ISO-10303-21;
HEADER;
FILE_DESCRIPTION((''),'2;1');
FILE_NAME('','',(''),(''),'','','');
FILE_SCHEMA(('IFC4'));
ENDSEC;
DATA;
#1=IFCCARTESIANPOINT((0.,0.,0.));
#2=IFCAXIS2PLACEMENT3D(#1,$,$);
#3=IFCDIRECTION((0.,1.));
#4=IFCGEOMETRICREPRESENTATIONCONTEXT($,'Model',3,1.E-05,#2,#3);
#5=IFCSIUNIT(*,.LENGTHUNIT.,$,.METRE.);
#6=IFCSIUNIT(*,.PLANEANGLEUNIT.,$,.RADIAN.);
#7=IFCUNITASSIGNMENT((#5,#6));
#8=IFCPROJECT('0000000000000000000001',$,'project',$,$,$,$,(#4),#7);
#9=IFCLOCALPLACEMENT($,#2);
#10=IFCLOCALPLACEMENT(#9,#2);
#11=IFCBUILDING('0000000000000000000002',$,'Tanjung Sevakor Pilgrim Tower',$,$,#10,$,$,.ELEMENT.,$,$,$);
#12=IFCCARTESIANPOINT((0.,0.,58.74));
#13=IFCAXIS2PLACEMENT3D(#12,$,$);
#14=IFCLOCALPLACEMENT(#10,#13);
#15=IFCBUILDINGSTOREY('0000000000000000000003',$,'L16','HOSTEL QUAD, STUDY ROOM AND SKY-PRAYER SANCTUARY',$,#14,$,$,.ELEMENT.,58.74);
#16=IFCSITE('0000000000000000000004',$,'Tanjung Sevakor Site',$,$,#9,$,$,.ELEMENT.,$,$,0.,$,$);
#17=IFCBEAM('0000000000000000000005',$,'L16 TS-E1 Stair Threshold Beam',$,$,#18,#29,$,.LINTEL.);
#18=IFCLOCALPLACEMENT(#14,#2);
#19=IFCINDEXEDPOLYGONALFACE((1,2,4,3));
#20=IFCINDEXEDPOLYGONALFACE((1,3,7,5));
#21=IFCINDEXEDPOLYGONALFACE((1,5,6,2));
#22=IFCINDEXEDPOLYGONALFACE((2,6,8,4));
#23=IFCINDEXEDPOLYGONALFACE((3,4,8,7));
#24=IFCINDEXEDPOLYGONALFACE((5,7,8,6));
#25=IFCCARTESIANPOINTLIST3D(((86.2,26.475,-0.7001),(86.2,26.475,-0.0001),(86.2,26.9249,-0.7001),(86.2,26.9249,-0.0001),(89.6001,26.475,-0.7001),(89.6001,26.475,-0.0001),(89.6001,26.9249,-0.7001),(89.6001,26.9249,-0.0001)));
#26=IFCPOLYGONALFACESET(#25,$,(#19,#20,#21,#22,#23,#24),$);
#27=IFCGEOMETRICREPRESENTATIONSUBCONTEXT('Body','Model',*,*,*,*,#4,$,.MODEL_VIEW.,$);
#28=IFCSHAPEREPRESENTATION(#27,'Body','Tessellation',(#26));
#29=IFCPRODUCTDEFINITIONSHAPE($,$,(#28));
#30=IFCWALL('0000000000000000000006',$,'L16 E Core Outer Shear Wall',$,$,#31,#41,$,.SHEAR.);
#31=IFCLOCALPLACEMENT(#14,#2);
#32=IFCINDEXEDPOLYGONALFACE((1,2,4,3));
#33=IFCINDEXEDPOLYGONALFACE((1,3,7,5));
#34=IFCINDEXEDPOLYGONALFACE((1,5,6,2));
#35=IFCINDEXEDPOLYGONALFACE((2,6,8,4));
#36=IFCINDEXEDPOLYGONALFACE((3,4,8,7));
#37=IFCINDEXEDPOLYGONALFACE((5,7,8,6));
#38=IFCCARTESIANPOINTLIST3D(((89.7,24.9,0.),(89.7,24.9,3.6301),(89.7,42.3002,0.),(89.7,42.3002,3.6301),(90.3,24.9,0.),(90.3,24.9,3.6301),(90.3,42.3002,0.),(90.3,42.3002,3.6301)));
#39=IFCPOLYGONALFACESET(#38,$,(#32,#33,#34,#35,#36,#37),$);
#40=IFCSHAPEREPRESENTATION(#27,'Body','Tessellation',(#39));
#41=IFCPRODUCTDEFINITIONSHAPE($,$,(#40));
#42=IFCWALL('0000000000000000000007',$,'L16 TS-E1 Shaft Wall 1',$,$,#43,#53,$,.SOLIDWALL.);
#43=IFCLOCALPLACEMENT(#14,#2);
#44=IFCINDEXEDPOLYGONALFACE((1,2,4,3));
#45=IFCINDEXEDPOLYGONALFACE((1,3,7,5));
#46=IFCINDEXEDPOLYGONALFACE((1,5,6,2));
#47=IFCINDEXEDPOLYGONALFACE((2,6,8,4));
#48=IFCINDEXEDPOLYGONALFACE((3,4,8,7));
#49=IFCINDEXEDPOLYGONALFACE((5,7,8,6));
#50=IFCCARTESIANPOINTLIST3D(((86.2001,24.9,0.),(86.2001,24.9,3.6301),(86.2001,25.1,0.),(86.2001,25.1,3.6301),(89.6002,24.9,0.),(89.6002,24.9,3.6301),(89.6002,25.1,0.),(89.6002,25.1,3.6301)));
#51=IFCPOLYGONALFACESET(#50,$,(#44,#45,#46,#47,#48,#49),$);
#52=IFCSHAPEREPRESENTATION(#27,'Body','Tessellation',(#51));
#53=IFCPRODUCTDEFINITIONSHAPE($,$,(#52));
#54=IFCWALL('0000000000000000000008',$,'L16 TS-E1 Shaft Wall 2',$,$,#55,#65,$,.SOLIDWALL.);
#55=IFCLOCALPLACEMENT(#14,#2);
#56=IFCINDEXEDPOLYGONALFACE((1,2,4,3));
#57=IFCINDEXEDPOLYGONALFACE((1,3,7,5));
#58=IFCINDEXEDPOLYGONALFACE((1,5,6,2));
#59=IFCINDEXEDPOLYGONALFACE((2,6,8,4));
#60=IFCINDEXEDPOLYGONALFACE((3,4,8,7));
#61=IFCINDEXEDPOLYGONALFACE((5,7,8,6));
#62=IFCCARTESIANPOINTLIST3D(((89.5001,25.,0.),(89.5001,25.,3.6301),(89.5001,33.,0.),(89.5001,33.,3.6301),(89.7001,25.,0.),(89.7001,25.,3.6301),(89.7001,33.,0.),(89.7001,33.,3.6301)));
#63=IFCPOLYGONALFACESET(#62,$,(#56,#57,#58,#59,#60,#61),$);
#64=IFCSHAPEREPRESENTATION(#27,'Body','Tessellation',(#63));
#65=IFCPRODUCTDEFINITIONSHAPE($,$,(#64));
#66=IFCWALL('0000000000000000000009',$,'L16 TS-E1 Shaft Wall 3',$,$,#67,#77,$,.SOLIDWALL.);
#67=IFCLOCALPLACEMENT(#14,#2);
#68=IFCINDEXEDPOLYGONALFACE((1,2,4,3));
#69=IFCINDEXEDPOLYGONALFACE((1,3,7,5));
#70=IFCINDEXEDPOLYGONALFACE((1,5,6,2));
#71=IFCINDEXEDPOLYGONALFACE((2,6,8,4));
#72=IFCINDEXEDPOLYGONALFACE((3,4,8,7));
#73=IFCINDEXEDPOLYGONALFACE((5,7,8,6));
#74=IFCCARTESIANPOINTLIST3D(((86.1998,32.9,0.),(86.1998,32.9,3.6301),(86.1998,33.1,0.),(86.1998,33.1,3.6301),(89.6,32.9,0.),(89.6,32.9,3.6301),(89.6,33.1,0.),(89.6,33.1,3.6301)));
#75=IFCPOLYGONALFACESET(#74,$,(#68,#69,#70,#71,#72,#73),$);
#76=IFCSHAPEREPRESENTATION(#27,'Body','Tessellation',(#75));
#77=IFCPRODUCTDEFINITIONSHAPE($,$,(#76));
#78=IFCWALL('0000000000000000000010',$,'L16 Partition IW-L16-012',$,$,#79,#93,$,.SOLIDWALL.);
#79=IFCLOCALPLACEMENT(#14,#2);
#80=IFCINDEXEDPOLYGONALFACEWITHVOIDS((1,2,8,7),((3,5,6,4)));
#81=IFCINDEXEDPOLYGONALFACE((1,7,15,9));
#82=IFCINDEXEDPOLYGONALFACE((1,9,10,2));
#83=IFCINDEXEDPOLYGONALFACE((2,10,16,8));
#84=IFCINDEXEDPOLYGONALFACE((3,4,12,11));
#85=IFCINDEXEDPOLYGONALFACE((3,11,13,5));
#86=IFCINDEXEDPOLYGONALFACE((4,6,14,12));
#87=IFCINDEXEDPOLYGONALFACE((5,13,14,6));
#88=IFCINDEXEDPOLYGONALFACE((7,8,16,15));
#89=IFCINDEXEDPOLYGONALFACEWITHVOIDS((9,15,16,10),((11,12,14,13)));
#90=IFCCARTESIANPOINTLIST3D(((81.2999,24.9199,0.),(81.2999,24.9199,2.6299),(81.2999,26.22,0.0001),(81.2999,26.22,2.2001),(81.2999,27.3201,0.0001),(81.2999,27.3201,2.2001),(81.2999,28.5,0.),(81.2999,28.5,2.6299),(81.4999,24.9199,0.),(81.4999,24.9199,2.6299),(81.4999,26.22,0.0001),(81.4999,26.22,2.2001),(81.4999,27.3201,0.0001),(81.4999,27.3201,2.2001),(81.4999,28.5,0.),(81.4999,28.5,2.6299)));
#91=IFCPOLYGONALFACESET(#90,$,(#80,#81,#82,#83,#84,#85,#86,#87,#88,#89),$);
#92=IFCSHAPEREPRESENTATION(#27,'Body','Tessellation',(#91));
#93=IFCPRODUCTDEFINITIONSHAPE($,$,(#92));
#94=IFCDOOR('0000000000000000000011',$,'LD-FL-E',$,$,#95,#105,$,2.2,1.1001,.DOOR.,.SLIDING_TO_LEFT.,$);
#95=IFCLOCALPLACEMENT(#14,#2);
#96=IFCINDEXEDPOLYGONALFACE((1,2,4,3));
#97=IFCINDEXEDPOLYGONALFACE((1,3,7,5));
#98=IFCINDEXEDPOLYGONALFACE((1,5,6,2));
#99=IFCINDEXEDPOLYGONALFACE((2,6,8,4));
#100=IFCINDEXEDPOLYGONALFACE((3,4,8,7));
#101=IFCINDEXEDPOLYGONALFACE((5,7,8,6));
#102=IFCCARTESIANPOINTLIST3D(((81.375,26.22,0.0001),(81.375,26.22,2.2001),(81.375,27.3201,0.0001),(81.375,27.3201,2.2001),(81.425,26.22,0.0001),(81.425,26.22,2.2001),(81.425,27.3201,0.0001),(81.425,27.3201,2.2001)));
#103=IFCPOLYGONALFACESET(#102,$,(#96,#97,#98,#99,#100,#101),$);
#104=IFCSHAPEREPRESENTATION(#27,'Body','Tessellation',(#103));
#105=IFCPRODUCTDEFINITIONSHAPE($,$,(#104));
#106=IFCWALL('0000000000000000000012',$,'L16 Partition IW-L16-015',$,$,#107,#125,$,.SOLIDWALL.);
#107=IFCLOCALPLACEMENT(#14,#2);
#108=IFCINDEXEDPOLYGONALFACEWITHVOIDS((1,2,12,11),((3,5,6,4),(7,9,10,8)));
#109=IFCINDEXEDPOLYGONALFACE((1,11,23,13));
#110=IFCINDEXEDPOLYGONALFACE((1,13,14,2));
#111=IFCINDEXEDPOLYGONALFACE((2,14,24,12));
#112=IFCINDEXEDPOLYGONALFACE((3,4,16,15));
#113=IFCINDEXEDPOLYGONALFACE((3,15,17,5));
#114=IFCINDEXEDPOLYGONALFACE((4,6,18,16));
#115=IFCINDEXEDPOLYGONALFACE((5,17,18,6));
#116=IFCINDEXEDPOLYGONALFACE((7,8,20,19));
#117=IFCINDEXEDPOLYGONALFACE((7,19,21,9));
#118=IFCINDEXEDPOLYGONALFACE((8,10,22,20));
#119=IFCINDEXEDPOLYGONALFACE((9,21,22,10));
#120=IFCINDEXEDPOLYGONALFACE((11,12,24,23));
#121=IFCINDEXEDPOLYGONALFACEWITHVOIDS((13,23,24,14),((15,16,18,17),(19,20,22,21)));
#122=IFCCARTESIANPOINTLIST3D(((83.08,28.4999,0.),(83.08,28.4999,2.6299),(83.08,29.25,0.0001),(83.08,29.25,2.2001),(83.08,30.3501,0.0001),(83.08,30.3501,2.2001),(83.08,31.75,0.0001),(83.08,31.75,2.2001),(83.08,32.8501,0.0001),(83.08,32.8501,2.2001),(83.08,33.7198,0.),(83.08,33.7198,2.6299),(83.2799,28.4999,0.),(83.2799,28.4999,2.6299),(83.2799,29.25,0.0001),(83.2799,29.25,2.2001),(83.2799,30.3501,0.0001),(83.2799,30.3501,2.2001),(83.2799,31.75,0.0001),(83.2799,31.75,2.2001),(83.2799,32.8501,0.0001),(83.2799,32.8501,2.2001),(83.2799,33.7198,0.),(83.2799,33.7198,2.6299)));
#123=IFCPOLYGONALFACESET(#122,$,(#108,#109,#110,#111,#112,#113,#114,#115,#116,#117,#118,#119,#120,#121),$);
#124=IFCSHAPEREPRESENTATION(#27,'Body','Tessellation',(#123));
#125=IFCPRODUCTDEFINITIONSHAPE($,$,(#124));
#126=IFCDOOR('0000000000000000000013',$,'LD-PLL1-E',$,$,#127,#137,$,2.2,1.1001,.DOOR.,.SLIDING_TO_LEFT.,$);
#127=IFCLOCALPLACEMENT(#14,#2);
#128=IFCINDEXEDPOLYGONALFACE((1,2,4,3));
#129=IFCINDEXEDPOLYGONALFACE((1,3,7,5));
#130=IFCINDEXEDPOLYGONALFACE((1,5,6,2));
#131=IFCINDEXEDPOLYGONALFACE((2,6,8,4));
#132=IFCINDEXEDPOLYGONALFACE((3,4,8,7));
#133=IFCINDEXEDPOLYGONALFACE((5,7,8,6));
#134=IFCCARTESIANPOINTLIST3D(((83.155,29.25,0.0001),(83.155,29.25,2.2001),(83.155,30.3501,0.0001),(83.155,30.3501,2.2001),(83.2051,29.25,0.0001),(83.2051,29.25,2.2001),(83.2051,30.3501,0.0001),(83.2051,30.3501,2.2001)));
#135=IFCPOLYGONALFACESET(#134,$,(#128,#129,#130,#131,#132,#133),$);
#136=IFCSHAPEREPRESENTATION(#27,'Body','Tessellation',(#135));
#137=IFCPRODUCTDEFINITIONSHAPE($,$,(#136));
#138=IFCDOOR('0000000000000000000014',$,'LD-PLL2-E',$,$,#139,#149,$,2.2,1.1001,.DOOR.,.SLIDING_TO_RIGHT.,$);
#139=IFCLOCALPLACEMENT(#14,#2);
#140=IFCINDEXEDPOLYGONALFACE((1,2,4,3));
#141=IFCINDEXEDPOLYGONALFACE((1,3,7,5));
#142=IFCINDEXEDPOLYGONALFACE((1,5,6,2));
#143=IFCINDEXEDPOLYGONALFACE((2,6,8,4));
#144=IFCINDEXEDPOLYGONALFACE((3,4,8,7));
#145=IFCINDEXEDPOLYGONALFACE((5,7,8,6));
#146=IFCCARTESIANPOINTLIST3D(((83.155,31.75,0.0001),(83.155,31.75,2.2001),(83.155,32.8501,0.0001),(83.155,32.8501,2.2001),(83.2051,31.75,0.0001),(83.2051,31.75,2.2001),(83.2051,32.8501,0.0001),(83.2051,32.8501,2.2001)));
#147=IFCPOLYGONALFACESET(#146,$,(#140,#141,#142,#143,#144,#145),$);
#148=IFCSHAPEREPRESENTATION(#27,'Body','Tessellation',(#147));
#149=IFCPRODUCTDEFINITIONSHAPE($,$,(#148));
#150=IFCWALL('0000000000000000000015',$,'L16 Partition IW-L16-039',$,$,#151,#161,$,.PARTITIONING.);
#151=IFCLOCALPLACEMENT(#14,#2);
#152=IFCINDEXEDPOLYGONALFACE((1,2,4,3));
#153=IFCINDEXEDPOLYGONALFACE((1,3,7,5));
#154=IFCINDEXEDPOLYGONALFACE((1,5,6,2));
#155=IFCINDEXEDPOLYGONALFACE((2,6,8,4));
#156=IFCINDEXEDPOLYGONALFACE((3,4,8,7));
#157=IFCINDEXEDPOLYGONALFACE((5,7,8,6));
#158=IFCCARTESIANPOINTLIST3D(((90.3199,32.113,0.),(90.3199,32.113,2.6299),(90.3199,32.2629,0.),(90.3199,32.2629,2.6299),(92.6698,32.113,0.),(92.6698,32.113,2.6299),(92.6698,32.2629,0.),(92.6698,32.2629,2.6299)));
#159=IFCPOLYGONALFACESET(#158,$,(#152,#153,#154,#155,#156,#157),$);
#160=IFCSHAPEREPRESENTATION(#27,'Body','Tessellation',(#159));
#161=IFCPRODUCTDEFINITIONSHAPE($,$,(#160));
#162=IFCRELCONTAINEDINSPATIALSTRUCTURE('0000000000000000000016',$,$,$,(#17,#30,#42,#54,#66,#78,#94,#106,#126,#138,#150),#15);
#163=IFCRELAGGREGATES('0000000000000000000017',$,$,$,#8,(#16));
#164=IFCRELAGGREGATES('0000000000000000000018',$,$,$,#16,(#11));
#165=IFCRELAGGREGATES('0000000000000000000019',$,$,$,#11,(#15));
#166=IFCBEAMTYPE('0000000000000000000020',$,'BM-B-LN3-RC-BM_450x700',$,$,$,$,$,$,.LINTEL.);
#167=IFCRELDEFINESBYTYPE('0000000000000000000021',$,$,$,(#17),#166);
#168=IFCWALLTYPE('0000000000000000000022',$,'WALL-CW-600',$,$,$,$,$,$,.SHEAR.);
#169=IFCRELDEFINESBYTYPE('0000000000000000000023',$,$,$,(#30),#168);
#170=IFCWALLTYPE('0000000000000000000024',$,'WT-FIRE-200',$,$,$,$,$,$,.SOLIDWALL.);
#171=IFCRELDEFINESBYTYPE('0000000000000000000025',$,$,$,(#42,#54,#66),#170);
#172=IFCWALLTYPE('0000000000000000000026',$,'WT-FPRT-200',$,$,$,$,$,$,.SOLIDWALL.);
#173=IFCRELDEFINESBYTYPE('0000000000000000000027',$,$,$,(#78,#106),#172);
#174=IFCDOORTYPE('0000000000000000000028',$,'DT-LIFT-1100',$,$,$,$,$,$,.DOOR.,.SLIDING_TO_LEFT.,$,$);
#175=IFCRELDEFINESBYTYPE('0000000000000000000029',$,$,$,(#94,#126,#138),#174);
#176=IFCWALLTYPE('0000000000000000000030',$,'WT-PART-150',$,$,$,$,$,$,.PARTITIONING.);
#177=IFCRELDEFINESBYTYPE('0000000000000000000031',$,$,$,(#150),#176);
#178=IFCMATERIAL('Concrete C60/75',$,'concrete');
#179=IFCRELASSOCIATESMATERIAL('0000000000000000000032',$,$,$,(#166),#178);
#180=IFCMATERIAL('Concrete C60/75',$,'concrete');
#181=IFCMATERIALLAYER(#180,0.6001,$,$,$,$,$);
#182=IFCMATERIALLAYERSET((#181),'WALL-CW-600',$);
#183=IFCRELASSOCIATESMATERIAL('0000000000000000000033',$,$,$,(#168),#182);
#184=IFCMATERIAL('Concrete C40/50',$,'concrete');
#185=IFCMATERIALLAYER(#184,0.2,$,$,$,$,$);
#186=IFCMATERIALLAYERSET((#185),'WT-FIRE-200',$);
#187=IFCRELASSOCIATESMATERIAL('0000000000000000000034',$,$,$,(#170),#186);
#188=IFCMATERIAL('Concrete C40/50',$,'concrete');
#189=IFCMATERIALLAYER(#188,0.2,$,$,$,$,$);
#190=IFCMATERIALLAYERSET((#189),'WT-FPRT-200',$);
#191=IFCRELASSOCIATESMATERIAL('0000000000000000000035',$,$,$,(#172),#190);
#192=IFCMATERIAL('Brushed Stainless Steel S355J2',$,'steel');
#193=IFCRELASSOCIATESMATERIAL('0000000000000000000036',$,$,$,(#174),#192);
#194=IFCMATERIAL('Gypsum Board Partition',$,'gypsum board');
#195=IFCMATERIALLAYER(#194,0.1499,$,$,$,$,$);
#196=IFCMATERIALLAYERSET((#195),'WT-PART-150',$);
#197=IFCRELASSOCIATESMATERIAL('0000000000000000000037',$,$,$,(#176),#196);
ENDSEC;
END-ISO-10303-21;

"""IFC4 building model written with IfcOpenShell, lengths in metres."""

from ifc_helpers import new_model, si_unit, direction, frame, frame_2d, origin, origin_2d, place, context, subcontext, project, spatial, rectangle, extrude, material, layer, layer_set, material_profile, profile_set, type_object, element, fill, save


model = new_model("IFC4")

# Units and contexts
model_context = context("Model", 3, precision=1e-05, world=origin(), true_north=direction((0.0, 1.0)))
body_context = subcontext(model_context, "Body", "Model", "MODEL_VIEW")
ifc_project = project(units=[si_unit("LENGTHUNIT", "METRE"), si_unit("PLANEANGLEUNIT", "RADIAN")], contexts=[model_context])

# Site, building, storey
site_placement = place(None, origin())
site = spatial("IfcSite", under=ifc_project, at=site_placement, Name="Tanjung Sevakor Site", CompositionType="ELEMENT", RefElevation=0.0)
building_placement = place(site_placement, origin())
building = spatial("IfcBuilding", under=site, at=building_placement, Name="Tanjung Sevakor Pilgrim Tower", CompositionType="ELEMENT")
storey_placement = place(building_placement, frame((0.0, 0.0, 58.74)))
storey = spatial("IfcBuildingStorey", under=building, at=storey_placement, Name="L16", Description="HOSTEL QUAD, STUDY ROOM AND SKY-PRAYER SANCTUARY", CompositionType="ELEMENT", Elevation=58.74)

# Beam
ifc_material_1 = material(Name="Concrete C60/75", Category="concrete")
ifc_material_profile = material_profile(ifc_material_1, rectangle(XDim=0.45, YDim=0.7, at=origin_2d()))
ifc_profile_set = profile_set([ifc_material_profile], Name="Concrete C60/75")
beam_type = type_object("IfcBeamType", Name="BM-B-LN3-RC-BM_450x700", PredefinedType="LINTEL", material=ifc_profile_set)
beam_placement = place(storey_placement, frame((86.2, 26.7, -0.3501), z_axis=(1.0, 0.0, 0.0), x_axis=(0.0, 1.0, 0.0)))
element("IfcBeam", 1, at=beam_placement, inside=storey, type_object=beam_type, Name="L16 TS-E1 Stair Threshold Beam", PredefinedType="LINTEL", context=body_context, shape_type="SweptSolid", body=[
    extrude(rectangle(XDim=0.45, YDim=0.7, at=origin_2d()), origin(), (0.0, 0.0, 1.0), 3.4001),
])

# Wall
ifc_material_2 = material(Name="Concrete C60/75", Category="concrete")
ifc_layer_1 = layer(ifc_material_2, 0.6001)
ifc_layer_set_1 = layer_set([ifc_layer_1], Name="WALL-CW-600")
wall_type_1 = type_object("IfcWallType", Name="WALL-CW-600", PredefinedType="SHEAR", material=ifc_layer_set_1)
wall_1_placement = place(storey_placement, frame((90.0, 24.8999, 0.0), z_axis=(0.0, 0.0, 1.0), x_axis=(0.0, 1.0, 0.0)))
element("IfcWall", 2, at=wall_1_placement, inside=storey, type_object=wall_type_1, Name="L16 E Core Outer Shear Wall", PredefinedType="SHEAR", context=body_context, shape_type="SweptSolid", body=[
    extrude(rectangle(XDim=17.4001, YDim=0.6001, at=frame_2d((8.7002, 0.0))), origin(), (0.0, 0.0, 1.0), 3.6301),
])

# Walls
ifc_material_3 = material(Name="Concrete C40/50", Category="concrete")
ifc_layer_2 = layer(ifc_material_3, 0.2)
ifc_layer_set_2 = layer_set([ifc_layer_2], Name="WT-FIRE-200")
wall_type_2 = type_object("IfcWallType", Name="WT-FIRE-200", PredefinedType="SOLIDWALL", material=ifc_layer_set_2)
wall_2_placement = place(storey_placement, frame((86.2, 25.0, 0.0), z_axis=(0.0, 0.0, 1.0), x_axis=(1.0, 0.0, 0.0)))
element("IfcWall", 3, at=wall_2_placement, inside=storey, type_object=wall_type_2, Name="L16 TS-E1 Shaft Wall 1", PredefinedType="SOLIDWALL", context=body_context, shape_type="SweptSolid", body=[
    extrude(rectangle(XDim=3.4001, YDim=0.2, at=frame_2d((1.7002, 0.0))), origin(), (0.0, 0.0, 1.0), 3.6301),
])
wall_3_placement = place(storey_placement, frame((89.6001, 25.0, 0.0), z_axis=(0.0, 0.0, 1.0), x_axis=(0.0, 1.0, 0.0)))
element("IfcWall", 4, at=wall_3_placement, inside=storey, type_object=wall_type_2, Name="L16 TS-E1 Shaft Wall 2", PredefinedType="SOLIDWALL", context=body_context, shape_type="SweptSolid", body=[
    extrude(rectangle(XDim=8.0, YDim=0.2, at=frame_2d((4.0, 0.0))), origin(), (0.0, 0.0, 1.0), 3.6301),
])
wall_4_placement = place(storey_placement, frame((89.6001, 33.0, 0.0), z_axis=(0.0, 0.0, 1.0), x_axis=(-1.0, 0.0, 0.0)))
element("IfcWall", 5, at=wall_4_placement, inside=storey, type_object=wall_type_2, Name="L16 TS-E1 Shaft Wall 3", PredefinedType="SOLIDWALL", context=body_context, shape_type="SweptSolid", body=[
    extrude(rectangle(XDim=3.4001, YDim=0.2, at=frame_2d((1.7002, 0.0))), origin(), (0.0, 0.0, 1.0), 3.6301),
])

# Wall, opening, door
ifc_material_4 = material(Name="Concrete C40/50", Category="concrete")
ifc_layer_3 = layer(ifc_material_4, 0.2)
ifc_layer_set_3 = layer_set([ifc_layer_3], Name="WT-FPRT-200")
wall_type_3 = type_object("IfcWallType", Name="WT-FPRT-200", PredefinedType="SOLIDWALL", material=ifc_layer_set_3)
wall_5_placement = place(storey_placement, frame((81.3999, 24.9199, 0.0), z_axis=(0.0, 0.0, 1.0), x_axis=(0.0, 1.0, 0.0)))
wall_5 = element("IfcWall", 6, at=wall_5_placement, inside=storey, type_object=wall_type_3, Name="L16 Partition IW-L16-012", PredefinedType="SOLIDWALL", context=body_context, shape_type="SweptSolid", body=[
    extrude(rectangle(XDim=3.5801, YDim=0.2, at=frame_2d((1.79, 0.0))), origin(), (0.0, 0.0, 1.0), 2.6299),
])
opening_1_placement = place(wall_5_placement, frame((1.3, 0.0, 0.0)))
opening_1 = element("IfcOpeningElement", 7, at=opening_1_placement, cuts=wall_5, PredefinedType="OPENING", context=body_context, shape_type="SweptSolid", body=[
    extrude(rectangle(XDim=1.1001, YDim=2.2, at=frame_2d((0.55, 1.1001))), frame((0.0, 0.1099, 0.0), z_axis=(0.0, -1.0, 0.0), x_axis=(1.0, 0.0, 0.0)), (0.0, 0.0, 1.0), 0.22),
])
ifc_material_5 = material(Name="Brushed Stainless Steel S355J2", Category="steel")
door_type_1 = type_object("IfcDoorType", Name="DT-LIFT-1100", OperationType="SLIDING_TO_LEFT", PredefinedType="DOOR", material=ifc_material_5)
door_1_placement = place(opening_1_placement, origin())
door_1 = element("IfcDoor", 8, at=door_1_placement, inside=storey, type_object=door_type_1, Name="LD-FL-E", OperationType="SLIDING_TO_LEFT", OverallHeight=2.2, OverallWidth=1.1001, PredefinedType="DOOR", context=body_context, shape_type="SweptSolid", body=[
    extrude(rectangle(XDim=1.1001, YDim=2.2, at=frame_2d((0.55, 1.1001))), frame((0.0, 0.0249, 0.0), z_axis=(0.0, -1.0, 0.0), x_axis=(1.0, 0.0, 0.0)), (0.0, 0.0, 1.0), 0.05),
])
fill(opening_1, door_1)

# Wall, openings, doors
wall_6_placement = place(storey_placement, frame((83.1799, 28.5, 0.0), z_axis=(0.0, 0.0, 1.0), x_axis=(0.0, 1.0, 0.0)))
wall_6 = element("IfcWall", 9, at=wall_6_placement, inside=storey, type_object=wall_type_3, Name="L16 Partition IW-L16-015", PredefinedType="SOLIDWALL", context=body_context, shape_type="SweptSolid", body=[
    extrude(rectangle(XDim=5.22, YDim=0.2, at=frame_2d((2.6099, 0.0))), origin(), (0.0, 0.0, 1.0), 2.6299),
])
opening_2_placement = place(wall_6_placement, frame((0.75, 0.0, 0.0)))
opening_2 = element("IfcOpeningElement", 10, at=opening_2_placement, cuts=wall_6, PredefinedType="OPENING", context=body_context, shape_type="SweptSolid", body=[
    extrude(rectangle(XDim=1.1001, YDim=2.2, at=frame_2d((0.55, 1.1001))), frame((0.0, 0.1099, 0.0), z_axis=(0.0, -1.0, 0.0), x_axis=(1.0, 0.0, 0.0)), (0.0, 0.0, 1.0), 0.22),
])
opening_3_placement = place(wall_6_placement, frame((3.25, 0.0, 0.0)))
opening_3 = element("IfcOpeningElement", 11, at=opening_3_placement, cuts=wall_6, PredefinedType="OPENING", context=body_context, shape_type="SweptSolid", body=[
    extrude(rectangle(XDim=1.1001, YDim=2.2, at=frame_2d((0.55, 1.1001))), frame((0.0, 0.1099, 0.0), z_axis=(0.0, -1.0, 0.0), x_axis=(1.0, 0.0, 0.0)), (0.0, 0.0, 1.0), 0.22),
])
door_2_placement = place(opening_2_placement, origin())
door_2 = element("IfcDoor", 12, at=door_2_placement, inside=storey, type_object=door_type_1, Name="LD-PLL1-E", OperationType="SLIDING_TO_LEFT", OverallHeight=2.2, OverallWidth=1.1001, PredefinedType="DOOR", context=body_context, shape_type="SweptSolid", body=[
    extrude(rectangle(XDim=1.1001, YDim=2.2, at=frame_2d((0.55, 1.1001))), frame((0.0, 0.0249, 0.0), z_axis=(0.0, -1.0, 0.0), x_axis=(1.0, 0.0, 0.0)), (0.0, 0.0, 1.0), 0.05),
])
fill(opening_2, door_2)
door_3_placement = place(opening_3_placement, origin())
door_3 = element("IfcDoor", 13, at=door_3_placement, inside=storey, type_object=door_type_1, Name="LD-PLL2-E", OperationType="SLIDING_TO_RIGHT", OverallHeight=2.2, OverallWidth=1.1001, PredefinedType="DOOR", context=body_context, shape_type="SweptSolid", body=[
    extrude(rectangle(XDim=1.1001, YDim=2.2, at=frame_2d((0.55, 1.1001))), frame((0.0, 0.0249, 0.0), z_axis=(0.0, -1.0, 0.0), x_axis=(1.0, 0.0, 0.0)), (0.0, 0.0, 1.0), 0.05),
])
fill(opening_3, door_3)

# Wall
ifc_material_6 = material(Name="Gypsum Board Partition", Category="gypsum board")
ifc_layer_4 = layer(ifc_material_6, 0.1499)
ifc_layer_set_4 = layer_set([ifc_layer_4], Name="WT-PART-150")
wall_type_4 = type_object("IfcWallType", Name="WT-PART-150", PredefinedType="PARTITIONING", material=ifc_layer_set_4)
wall_7_placement = place(storey_placement, frame((90.3201, 32.188, 0.0), z_axis=(0.0, 0.0, 1.0), x_axis=(1.0, 0.0, 0.0)))
element("IfcWall", 14, at=wall_7_placement, inside=storey, type_object=wall_type_4, Name="L16 Partition IW-L16-039", PredefinedType="PARTITIONING", context=body_context, shape_type="SweptSolid", body=[
    extrude(rectangle(XDim=2.3499, YDim=0.1499, at=frame_2d((1.1748, 0.0))), origin(), (0.0, 0.0, 1.0), 2.6299),
])

save(model, "model.ifc")
